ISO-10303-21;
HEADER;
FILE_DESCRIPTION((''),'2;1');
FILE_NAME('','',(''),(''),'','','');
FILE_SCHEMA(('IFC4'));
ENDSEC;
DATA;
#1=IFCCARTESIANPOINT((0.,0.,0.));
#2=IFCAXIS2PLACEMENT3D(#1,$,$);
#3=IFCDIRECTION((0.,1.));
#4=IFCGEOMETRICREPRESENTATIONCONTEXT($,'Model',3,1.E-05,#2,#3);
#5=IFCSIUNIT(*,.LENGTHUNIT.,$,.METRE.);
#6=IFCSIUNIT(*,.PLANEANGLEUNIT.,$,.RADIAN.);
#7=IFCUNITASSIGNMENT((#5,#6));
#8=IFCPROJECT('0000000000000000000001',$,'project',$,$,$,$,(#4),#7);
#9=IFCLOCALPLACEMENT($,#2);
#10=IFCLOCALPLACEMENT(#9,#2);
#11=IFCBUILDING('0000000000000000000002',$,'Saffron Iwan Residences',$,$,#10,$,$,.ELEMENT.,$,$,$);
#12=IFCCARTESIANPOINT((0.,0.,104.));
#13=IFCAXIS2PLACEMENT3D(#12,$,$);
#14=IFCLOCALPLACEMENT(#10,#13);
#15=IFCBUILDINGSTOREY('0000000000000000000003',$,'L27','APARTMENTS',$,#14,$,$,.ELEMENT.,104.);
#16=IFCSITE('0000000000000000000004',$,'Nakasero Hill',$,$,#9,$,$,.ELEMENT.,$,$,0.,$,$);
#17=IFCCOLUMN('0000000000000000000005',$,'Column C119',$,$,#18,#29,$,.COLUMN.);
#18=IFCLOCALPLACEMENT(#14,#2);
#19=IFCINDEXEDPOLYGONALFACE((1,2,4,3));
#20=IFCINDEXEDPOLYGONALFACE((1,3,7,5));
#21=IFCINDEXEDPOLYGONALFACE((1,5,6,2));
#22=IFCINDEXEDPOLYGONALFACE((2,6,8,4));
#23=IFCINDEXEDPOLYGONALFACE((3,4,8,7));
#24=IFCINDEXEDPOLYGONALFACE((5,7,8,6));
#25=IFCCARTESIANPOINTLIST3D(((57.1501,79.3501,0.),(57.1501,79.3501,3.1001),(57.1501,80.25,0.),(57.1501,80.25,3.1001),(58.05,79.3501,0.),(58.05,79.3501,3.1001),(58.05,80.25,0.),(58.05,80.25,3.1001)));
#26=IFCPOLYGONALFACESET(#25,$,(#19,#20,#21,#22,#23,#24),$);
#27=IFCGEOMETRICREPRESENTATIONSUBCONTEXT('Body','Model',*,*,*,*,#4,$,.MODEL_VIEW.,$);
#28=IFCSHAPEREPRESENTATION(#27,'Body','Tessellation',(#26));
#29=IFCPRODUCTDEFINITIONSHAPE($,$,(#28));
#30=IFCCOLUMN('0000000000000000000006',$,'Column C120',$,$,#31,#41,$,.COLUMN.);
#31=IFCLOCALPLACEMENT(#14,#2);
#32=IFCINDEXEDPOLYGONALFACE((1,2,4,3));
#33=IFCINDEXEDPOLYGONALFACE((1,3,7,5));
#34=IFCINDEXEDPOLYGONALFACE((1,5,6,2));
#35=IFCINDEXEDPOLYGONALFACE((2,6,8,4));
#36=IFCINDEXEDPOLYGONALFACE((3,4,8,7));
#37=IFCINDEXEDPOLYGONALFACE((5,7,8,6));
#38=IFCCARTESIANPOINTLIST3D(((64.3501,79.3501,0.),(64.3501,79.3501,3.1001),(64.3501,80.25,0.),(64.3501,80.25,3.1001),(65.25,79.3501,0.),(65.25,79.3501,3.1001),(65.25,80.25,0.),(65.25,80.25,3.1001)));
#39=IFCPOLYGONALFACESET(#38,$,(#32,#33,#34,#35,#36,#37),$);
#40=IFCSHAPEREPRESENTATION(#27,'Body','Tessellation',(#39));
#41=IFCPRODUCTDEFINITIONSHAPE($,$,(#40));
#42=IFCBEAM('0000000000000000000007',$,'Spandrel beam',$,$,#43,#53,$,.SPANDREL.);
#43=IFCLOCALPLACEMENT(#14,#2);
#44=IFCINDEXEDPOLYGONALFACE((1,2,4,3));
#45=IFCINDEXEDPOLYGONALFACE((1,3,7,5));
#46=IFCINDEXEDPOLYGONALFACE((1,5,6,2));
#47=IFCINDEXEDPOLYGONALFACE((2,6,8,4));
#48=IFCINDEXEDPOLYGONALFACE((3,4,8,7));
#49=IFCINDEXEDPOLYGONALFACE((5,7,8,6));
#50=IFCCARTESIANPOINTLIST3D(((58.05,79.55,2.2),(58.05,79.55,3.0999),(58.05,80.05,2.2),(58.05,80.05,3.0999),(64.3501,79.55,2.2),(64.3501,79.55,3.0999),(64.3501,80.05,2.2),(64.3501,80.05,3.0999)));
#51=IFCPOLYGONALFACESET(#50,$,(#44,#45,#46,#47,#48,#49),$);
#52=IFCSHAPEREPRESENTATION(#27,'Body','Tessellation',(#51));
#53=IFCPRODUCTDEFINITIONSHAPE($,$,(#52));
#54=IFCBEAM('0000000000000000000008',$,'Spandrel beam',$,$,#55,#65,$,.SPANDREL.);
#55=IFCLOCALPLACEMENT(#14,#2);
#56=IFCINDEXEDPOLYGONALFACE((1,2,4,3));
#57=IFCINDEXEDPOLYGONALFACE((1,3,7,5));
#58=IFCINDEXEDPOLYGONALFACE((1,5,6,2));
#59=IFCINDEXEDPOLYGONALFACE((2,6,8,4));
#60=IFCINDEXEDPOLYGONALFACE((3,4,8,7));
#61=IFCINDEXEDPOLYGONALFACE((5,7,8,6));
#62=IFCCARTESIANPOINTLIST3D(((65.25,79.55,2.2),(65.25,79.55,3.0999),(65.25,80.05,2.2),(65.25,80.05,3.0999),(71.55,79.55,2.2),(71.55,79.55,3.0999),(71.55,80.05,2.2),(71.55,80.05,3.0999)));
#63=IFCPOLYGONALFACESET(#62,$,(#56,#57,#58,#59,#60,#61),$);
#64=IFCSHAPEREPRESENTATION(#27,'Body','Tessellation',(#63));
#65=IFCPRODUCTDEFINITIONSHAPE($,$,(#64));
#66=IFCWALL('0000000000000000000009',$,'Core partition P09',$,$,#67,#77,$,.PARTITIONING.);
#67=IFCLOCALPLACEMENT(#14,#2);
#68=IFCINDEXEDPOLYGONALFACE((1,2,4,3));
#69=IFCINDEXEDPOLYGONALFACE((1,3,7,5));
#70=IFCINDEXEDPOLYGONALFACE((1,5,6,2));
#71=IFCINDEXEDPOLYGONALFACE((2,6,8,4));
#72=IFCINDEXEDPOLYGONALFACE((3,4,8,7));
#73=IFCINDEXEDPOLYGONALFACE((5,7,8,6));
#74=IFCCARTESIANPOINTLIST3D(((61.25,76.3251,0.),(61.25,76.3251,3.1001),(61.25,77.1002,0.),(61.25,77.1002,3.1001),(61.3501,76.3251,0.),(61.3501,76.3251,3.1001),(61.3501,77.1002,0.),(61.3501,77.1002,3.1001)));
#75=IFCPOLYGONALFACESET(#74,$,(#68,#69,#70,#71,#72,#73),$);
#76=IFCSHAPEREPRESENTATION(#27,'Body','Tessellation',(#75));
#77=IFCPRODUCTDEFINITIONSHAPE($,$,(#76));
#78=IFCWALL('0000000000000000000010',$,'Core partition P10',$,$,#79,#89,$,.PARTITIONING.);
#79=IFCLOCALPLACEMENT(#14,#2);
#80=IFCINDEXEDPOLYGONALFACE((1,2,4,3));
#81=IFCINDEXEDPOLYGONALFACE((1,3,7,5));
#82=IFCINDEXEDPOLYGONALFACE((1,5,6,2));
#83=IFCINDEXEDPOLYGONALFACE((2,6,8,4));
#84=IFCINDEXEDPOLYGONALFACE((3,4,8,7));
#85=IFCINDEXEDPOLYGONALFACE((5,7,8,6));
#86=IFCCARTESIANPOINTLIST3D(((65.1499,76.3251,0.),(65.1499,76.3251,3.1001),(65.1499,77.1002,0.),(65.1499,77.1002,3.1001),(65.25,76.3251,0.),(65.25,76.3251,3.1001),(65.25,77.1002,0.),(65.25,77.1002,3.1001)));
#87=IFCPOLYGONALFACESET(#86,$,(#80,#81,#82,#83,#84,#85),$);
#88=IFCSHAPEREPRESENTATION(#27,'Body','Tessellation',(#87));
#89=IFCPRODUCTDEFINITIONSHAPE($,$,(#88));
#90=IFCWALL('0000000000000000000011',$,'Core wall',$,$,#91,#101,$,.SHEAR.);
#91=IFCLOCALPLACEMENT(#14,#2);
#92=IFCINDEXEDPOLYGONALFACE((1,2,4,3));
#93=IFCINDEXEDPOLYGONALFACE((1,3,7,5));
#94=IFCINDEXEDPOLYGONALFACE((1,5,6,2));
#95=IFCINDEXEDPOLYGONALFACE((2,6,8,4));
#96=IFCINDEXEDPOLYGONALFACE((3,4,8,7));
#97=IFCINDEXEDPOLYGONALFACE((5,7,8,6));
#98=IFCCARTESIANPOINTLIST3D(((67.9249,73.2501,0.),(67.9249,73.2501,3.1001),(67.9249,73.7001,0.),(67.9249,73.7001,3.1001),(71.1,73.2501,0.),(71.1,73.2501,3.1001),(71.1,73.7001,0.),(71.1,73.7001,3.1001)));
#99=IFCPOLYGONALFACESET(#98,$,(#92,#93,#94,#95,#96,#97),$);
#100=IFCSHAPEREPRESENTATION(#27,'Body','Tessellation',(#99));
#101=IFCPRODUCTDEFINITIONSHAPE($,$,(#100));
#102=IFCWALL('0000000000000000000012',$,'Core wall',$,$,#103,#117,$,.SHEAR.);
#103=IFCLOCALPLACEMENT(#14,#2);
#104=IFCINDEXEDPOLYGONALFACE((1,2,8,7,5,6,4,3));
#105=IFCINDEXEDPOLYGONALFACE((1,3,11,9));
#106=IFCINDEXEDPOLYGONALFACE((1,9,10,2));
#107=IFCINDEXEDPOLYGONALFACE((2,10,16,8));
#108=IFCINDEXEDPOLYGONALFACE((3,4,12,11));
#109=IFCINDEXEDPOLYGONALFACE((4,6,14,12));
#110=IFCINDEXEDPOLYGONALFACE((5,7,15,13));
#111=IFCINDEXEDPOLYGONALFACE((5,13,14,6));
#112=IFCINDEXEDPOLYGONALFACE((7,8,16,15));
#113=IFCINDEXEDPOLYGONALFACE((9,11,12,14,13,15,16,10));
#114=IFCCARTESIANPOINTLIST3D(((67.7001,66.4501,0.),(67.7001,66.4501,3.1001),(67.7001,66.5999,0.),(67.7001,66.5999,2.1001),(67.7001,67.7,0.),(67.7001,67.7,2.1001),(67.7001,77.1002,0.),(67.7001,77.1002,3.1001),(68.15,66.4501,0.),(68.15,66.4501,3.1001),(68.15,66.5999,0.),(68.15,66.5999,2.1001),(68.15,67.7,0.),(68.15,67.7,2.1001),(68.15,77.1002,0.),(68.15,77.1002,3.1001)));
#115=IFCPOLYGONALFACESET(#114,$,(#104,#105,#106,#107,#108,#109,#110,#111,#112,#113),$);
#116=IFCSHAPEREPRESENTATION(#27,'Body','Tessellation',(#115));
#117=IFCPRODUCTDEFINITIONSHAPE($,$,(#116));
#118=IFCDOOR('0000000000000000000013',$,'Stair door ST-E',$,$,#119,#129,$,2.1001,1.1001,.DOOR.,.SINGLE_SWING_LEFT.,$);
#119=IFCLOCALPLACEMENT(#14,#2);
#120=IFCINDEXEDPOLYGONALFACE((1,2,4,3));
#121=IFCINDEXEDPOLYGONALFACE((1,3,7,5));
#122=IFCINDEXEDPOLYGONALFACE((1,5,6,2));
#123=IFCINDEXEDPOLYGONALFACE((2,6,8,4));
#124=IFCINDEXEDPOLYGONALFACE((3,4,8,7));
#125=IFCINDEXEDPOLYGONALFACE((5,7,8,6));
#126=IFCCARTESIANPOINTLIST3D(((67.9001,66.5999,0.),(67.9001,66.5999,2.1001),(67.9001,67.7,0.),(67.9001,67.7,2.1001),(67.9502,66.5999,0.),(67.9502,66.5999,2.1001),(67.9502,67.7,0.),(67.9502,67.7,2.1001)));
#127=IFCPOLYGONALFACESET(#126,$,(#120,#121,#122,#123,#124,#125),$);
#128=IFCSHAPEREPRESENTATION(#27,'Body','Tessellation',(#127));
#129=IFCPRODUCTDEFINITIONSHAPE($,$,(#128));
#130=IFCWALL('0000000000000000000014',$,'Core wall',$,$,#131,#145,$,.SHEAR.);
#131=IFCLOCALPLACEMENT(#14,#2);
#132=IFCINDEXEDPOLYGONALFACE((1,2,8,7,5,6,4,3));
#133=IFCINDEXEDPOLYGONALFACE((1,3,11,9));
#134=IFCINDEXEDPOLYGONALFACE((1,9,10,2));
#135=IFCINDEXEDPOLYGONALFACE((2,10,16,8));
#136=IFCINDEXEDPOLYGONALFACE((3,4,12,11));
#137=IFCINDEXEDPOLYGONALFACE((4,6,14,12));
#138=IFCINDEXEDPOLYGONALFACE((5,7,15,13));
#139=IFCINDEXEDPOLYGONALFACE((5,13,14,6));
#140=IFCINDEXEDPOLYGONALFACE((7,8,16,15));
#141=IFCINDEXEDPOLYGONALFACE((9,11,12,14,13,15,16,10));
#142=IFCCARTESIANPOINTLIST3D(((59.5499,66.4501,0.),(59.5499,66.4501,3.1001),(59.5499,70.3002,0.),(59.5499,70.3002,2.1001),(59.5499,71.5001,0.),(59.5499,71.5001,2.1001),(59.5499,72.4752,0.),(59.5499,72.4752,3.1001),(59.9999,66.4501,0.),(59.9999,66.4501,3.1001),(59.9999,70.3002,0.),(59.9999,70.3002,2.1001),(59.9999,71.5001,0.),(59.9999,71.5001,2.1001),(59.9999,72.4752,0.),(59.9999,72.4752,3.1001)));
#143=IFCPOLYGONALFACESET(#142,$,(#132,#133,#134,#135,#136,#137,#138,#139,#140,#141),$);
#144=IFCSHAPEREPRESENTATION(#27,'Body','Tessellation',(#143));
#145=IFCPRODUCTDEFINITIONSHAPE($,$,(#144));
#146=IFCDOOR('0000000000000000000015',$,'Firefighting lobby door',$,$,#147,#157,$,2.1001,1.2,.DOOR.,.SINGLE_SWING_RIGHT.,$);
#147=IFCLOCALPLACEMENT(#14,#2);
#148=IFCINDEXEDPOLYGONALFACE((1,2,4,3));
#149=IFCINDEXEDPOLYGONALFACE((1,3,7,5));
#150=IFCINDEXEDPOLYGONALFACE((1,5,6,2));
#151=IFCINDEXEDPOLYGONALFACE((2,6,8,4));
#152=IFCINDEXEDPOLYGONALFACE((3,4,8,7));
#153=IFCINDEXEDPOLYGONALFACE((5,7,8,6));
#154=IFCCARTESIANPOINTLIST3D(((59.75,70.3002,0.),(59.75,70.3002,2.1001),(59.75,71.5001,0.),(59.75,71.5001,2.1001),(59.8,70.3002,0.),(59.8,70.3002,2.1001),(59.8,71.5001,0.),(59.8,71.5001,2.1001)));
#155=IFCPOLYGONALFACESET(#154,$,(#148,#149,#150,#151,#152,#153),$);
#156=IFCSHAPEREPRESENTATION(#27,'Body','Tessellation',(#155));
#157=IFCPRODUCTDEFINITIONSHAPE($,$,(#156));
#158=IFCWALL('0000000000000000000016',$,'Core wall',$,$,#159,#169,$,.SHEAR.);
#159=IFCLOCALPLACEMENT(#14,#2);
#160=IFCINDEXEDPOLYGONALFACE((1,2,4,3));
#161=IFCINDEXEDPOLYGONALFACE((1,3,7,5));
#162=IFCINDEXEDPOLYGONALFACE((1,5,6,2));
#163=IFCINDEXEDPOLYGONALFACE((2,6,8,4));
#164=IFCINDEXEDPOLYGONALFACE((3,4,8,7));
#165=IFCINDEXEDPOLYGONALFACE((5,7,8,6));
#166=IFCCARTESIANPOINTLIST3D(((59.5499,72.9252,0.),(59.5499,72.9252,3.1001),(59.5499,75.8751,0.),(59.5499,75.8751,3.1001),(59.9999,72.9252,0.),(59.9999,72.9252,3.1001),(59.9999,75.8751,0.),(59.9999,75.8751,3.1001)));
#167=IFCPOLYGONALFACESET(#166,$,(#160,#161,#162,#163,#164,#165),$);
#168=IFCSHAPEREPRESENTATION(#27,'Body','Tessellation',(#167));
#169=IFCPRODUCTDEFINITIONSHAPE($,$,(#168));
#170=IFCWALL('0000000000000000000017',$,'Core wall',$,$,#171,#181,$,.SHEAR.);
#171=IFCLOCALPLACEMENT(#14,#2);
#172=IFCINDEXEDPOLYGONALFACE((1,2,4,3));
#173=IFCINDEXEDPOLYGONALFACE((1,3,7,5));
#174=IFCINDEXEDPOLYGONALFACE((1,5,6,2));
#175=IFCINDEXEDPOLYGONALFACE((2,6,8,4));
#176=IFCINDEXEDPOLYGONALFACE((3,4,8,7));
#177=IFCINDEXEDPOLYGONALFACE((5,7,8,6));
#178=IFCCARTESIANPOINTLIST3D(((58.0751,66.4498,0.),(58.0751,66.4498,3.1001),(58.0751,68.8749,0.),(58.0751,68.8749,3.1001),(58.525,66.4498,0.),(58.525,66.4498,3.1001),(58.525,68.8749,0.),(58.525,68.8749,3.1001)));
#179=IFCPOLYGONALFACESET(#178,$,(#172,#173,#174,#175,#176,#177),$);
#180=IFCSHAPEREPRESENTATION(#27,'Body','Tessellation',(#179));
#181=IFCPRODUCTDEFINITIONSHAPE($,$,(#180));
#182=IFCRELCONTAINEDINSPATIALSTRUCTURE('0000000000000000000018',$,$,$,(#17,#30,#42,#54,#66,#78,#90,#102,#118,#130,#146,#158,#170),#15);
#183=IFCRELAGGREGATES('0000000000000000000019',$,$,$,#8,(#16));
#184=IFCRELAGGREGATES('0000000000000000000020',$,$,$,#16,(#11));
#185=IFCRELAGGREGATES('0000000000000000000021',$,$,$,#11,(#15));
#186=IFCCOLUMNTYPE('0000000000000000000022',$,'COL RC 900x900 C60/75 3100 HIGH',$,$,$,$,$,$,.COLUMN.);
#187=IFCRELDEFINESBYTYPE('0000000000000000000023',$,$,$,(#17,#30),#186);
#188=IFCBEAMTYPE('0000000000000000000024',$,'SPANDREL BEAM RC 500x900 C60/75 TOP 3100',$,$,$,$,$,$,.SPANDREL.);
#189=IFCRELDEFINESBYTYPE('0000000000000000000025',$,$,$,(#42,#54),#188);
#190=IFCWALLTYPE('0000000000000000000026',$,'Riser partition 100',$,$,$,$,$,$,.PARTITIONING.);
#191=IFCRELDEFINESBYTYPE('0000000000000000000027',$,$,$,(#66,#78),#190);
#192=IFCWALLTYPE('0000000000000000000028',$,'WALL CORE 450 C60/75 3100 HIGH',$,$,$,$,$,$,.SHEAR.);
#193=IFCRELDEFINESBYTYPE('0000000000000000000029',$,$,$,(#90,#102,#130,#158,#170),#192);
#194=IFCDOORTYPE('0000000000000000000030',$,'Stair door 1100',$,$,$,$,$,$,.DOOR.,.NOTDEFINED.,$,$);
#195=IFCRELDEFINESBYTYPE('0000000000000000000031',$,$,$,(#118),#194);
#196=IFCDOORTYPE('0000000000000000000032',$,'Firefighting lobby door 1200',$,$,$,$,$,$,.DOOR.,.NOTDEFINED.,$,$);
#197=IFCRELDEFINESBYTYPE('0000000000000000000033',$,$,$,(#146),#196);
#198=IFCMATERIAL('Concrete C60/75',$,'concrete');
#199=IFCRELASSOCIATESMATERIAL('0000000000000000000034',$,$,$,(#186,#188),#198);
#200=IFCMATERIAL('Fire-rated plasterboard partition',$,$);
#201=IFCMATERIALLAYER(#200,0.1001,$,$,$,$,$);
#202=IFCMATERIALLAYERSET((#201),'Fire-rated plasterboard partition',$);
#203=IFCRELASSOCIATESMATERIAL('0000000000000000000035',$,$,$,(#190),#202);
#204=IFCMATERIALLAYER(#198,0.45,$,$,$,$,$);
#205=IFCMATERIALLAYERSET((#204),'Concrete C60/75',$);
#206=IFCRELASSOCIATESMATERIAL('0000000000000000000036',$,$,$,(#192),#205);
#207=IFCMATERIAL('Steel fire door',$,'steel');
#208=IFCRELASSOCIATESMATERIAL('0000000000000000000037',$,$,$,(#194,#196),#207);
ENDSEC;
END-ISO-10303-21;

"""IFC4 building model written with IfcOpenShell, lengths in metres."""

from ifc_helpers import new_model, si_unit, direction, frame, frame_2d, origin, origin_2d, place, context, subcontext, project, spatial, rectangle, extrude, source, transform, mapped, material, layer, layer_set, material_profile, profile_set, type_object, element, fill, save


model = new_model("IFC4")

# Units and contexts
model_context = context("Model", 3, precision=1e-05, world=origin(), true_north=direction((0.0, 1.0)))
body_context = subcontext(model_context, "Body", "Model", "MODEL_VIEW")
ifc_project = project(units=[si_unit("LENGTHUNIT", "METRE"), si_unit("PLANEANGLEUNIT", "RADIAN")], contexts=[model_context])

# Site, building, storey
site_placement = place(None, origin())
site = spatial("IfcSite", under=ifc_project, at=site_placement, Name="Nakasero Hill", CompositionType="ELEMENT", RefElevation=0.0)
building_placement = place(site_placement, origin())
building = spatial("IfcBuilding", under=site, at=building_placement, Name="Saffron Iwan Residences", CompositionType="ELEMENT")
storey_placement = place(building_placement, frame((0.0, 0.0, 104.0)))
storey = spatial("IfcBuildingStorey", under=building, at=storey_placement, Name="L27", Description="APARTMENTS", CompositionType="ELEMENT", Elevation=104.0)

# Columns
ifc_material_1 = material(Name="Concrete C60/75", Category="concrete")
ifc_material_profile_1 = material_profile(ifc_material_1, rectangle(XDim=0.8999, YDim=0.8999, at=origin_2d()), Name="RC 900x900")
ifc_profile_set_1 = profile_set([ifc_material_profile_1], Name="Concrete C60/75")
column_type = type_object("IfcColumnType", Name="COL RC 900x900 C60/75 3100 HIGH", PredefinedType="COLUMN", material=ifc_profile_set_1)
shared_shape_1 = source(origin(), body_context, "Body", "SweptSolid", [
    extrude(rectangle(XDim=0.8999, YDim=0.8999, at=origin_2d()), origin(), (0.0, 0.0, 1.0), 3.1001),
])
for number, where, z_axis, x_axis, name in (
    (1, (57.6001, 79.8, 0.0), (0.0, 0.0, 1.0), (1.0, 0.0, 0.0), "Column C119"),
    (2, (64.8, 79.8, 0.0), (0.0, 0.0, 1.0), (1.0, 0.0, 0.0), "Column C120"),
):
    element("IfcColumn", number, at=place(storey_placement, frame(where, z_axis=z_axis, x_axis=x_axis)), inside=storey, type_object=column_type, Name=name, PredefinedType="COLUMN", context=body_context, shape_type="MappedRepresentation", body=[
        mapped(shared_shape_1, transform((0.0, 0.0, 0.0))),
    ])

# Beams
ifc_material_profile_2 = material_profile(ifc_material_1, rectangle(XDim=0.5, YDim=0.8999, at=origin_2d()), Name="RC 500x900")
ifc_profile_set_2 = profile_set([ifc_material_profile_2], Name="Concrete C60/75")
beam_type = type_object("IfcBeamType", Name="SPANDREL BEAM RC 500x900 C60/75 TOP 3100", PredefinedType="SPANDREL", material=ifc_profile_set_2)
shared_shape_2 = source(origin(), body_context, "Body", "SweptSolid", [
    extrude(rectangle(XDim=0.5, YDim=0.8999, at=origin_2d()), origin(), (0.0, 0.0, 1.0), 6.3),
])
for number, where, z_axis, x_axis, name in (
    (3, (58.05, 79.8, 2.6499), (1.0, 0.0, 0.0), (0.0, 1.0, 0.0), "Spandrel beam"),
    (4, (65.25, 79.8, 2.6499), (1.0, 0.0, 0.0), (0.0, 1.0, 0.0), "Spandrel beam"),
):
    element("IfcBeam", number, at=place(storey_placement, frame(where, z_axis=z_axis, x_axis=x_axis)), inside=storey, type_object=beam_type, Name=name, PredefinedType="SPANDREL", context=body_context, shape_type="MappedRepresentation", body=[
        mapped(shared_shape_2, transform((0.0, 0.0, 0.0))),
    ])

# Walls
ifc_material_2 = material(Name="Fire-rated plasterboard partition")
ifc_layer_1 = layer(ifc_material_2, 0.1001)
ifc_layer_set_1 = layer_set([ifc_layer_1], Name="Fire-rated plasterboard partition")
wall_type_1 = type_object("IfcWallType", Name="Riser partition 100", PredefinedType="PARTITIONING", material=ifc_layer_set_1)
for number, where, z_axis, x_axis, name in (
    (5, (61.3, 76.325, 0.0), (0.0, 0.0, 1.0), (0.0, 1.0, 0.0), "Core partition P09"),
    (6, (65.2, 76.325, 0.0), (0.0, 0.0, 1.0), (0.0, 1.0, 0.0), "Core partition P10"),
):
    element("IfcWall", number, at=place(storey_placement, frame(where, z_axis=z_axis, x_axis=x_axis)), inside=storey, type_object=wall_type_1, Name=name, PredefinedType="PARTITIONING", context=body_context, shape_type="SweptSolid", body=[
        extrude(rectangle(XDim=0.7751, YDim=0.1001, at=frame_2d((0.3877, 0.0))), origin(), (0.0, 0.0, 1.0), 3.1001),
    ])
ifc_layer_2 = layer(ifc_material_1, 0.45)
ifc_layer_set_2 = layer_set([ifc_layer_2], Name="Concrete C60/75")
wall_type_2 = type_object("IfcWallType", Name="WALL CORE 450 C60/75 3100 HIGH", PredefinedType="SHEAR", material=ifc_layer_set_2)
wall_1_placement = place(storey_placement, frame((67.925, 73.4751, 0.0), z_axis=(0.0, 0.0, 1.0), x_axis=(1.0, 0.0, 0.0)))
element("IfcWall", 7, at=wall_1_placement, inside=storey, type_object=wall_type_2, Name="Core wall", PredefinedType="SHEAR", context=body_context, shape_type="SweptSolid", body=[
    extrude(rectangle(XDim=3.175, YDim=0.45, at=frame_2d((1.5874, 0.0))), origin(), (0.0, 0.0, 1.0), 3.1001),
])

# Walls, openings, doors
wall_2_placement = place(storey_placement, frame((67.925, 66.45, 0.0), z_axis=(0.0, 0.0, 1.0), x_axis=(0.0, 1.0, 0.0)))
wall_2 = element("IfcWall", 8, at=wall_2_placement, inside=storey, type_object=wall_type_2, Name="Core wall", PredefinedType="SHEAR", context=body_context, shape_type="SweptSolid", body=[
    extrude(rectangle(XDim=10.6501, YDim=0.45, at=frame_2d((5.3252, 0.0))), origin(), (0.0, 0.0, 1.0), 3.1001),
])
opening_1_placement = place(wall_2_placement, frame((0.1499, 0.0, 0.0)))
opening_1 = element("IfcOpeningElement", 9, at=opening_1_placement, cuts=wall_2, PredefinedType="OPENING", context=body_context, shape_type="SweptSolid", body=[
    extrude(rectangle(XDim=1.1001, YDim=2.1001, at=frame_2d((0.55, 1.05))), frame((0.0, 0.2349, 0.0), z_axis=(0.0, -1.0, 0.0), x_axis=(1.0, 0.0, 0.0)), (0.0, 0.0, 1.0), 0.47),
])
ifc_material_3 = material(Name="Steel fire door", Category="steel")
door_type_1 = type_object("IfcDoorType", Name="Stair door 1100", OperationType="NOTDEFINED", PredefinedType="DOOR", material=ifc_material_3)
door_1_placement = place(opening_1_placement, origin())
door_1 = element("IfcDoor", 10, at=door_1_placement, inside=storey, type_object=door_type_1, Name="Stair door ST-E", OperationType="SINGLE_SWING_LEFT", OverallHeight=2.1001, OverallWidth=1.1001, PredefinedType="DOOR", context=body_context, shape_type="SweptSolid", body=[
    extrude(rectangle(XDim=1.1001, YDim=2.1001, at=frame_2d((0.55, 1.05))), frame((0.0, 0.0249, 0.0), z_axis=(0.0, -1.0, 0.0), x_axis=(1.0, 0.0, 0.0)), (0.0, 0.0, 1.0), 0.05),
])
fill(opening_1, door_1)
wall_3_placement = place(storey_placement, frame((59.7749, 66.45, 0.0), z_axis=(0.0, 0.0, 1.0), x_axis=(0.0, 1.0, 0.0)))
wall_3 = element("IfcWall", 11, at=wall_3_placement, inside=storey, type_object=wall_type_2, Name="Core wall", PredefinedType="SHEAR", context=body_context, shape_type="SweptSolid", body=[
    extrude(rectangle(XDim=6.0251, YDim=0.45, at=frame_2d((3.0127, 0.0))), origin(), (0.0, 0.0, 1.0), 3.1001),
])
opening_2_placement = place(wall_3_placement, frame((3.8501, 0.0, 0.0)))
opening_2 = element("IfcOpeningElement", 12, at=opening_2_placement, cuts=wall_3, PredefinedType="OPENING", context=body_context, shape_type="SweptSolid", body=[
    extrude(rectangle(XDim=1.2, YDim=2.1001, at=frame_2d((0.6001, 1.05))), frame((0.0, 0.2349, 0.0), z_axis=(0.0, -1.0, 0.0), x_axis=(1.0, 0.0, 0.0)), (0.0, 0.0, 1.0), 0.47),
])
door_type_2 = type_object("IfcDoorType", Name="Firefighting lobby door 1200", OperationType="NOTDEFINED", PredefinedType="DOOR", material=ifc_material_3)
door_2_placement = place(opening_2_placement, origin())
door_2 = element("IfcDoor", 13, at=door_2_placement, inside=storey, type_object=door_type_2, Name="Firefighting lobby door", OperationType="SINGLE_SWING_RIGHT", OverallHeight=2.1001, OverallWidth=1.2, PredefinedType="DOOR", context=body_context, shape_type="SweptSolid", body=[
    extrude(rectangle(XDim=1.2, YDim=2.1001, at=frame_2d((0.6001, 1.05))), frame((0.0, 0.0249, 0.0), z_axis=(0.0, -1.0, 0.0), x_axis=(1.0, 0.0, 0.0)), (0.0, 0.0, 1.0), 0.05),
])
fill(opening_2, door_2)

# Walls
wall_4_placement = place(storey_placement, frame((59.7749, 72.925, 0.0), z_axis=(0.0, 0.0, 1.0), x_axis=(0.0, 1.0, 0.0)))
element("IfcWall", 14, at=wall_4_placement, inside=storey, type_object=wall_type_2, Name="Core wall", PredefinedType="SHEAR", context=body_context, shape_type="SweptSolid", body=[
    extrude(rectangle(XDim=2.95, YDim=0.45, at=frame_2d((1.4751, 0.0))), origin(), (0.0, 0.0, 1.0), 3.1001),
])
wall_5_placement = place(storey_placement, frame((58.3, 66.45, 0.0), z_axis=(0.0, 0.0, 1.0), x_axis=(0.0, 1.0, 0.0)))
element("IfcWall", 15, at=wall_5_placement, inside=storey, type_object=wall_type_2, Name="Core wall", PredefinedType="SHEAR", context=body_context, shape_type="SweptSolid", body=[
    extrude(rectangle(XDim=2.425, YDim=0.45, at=frame_2d((1.2124, 0.0))), origin(), (0.0, 0.0, 1.0), 3.1001),
])

save(model, "model.ifc")
